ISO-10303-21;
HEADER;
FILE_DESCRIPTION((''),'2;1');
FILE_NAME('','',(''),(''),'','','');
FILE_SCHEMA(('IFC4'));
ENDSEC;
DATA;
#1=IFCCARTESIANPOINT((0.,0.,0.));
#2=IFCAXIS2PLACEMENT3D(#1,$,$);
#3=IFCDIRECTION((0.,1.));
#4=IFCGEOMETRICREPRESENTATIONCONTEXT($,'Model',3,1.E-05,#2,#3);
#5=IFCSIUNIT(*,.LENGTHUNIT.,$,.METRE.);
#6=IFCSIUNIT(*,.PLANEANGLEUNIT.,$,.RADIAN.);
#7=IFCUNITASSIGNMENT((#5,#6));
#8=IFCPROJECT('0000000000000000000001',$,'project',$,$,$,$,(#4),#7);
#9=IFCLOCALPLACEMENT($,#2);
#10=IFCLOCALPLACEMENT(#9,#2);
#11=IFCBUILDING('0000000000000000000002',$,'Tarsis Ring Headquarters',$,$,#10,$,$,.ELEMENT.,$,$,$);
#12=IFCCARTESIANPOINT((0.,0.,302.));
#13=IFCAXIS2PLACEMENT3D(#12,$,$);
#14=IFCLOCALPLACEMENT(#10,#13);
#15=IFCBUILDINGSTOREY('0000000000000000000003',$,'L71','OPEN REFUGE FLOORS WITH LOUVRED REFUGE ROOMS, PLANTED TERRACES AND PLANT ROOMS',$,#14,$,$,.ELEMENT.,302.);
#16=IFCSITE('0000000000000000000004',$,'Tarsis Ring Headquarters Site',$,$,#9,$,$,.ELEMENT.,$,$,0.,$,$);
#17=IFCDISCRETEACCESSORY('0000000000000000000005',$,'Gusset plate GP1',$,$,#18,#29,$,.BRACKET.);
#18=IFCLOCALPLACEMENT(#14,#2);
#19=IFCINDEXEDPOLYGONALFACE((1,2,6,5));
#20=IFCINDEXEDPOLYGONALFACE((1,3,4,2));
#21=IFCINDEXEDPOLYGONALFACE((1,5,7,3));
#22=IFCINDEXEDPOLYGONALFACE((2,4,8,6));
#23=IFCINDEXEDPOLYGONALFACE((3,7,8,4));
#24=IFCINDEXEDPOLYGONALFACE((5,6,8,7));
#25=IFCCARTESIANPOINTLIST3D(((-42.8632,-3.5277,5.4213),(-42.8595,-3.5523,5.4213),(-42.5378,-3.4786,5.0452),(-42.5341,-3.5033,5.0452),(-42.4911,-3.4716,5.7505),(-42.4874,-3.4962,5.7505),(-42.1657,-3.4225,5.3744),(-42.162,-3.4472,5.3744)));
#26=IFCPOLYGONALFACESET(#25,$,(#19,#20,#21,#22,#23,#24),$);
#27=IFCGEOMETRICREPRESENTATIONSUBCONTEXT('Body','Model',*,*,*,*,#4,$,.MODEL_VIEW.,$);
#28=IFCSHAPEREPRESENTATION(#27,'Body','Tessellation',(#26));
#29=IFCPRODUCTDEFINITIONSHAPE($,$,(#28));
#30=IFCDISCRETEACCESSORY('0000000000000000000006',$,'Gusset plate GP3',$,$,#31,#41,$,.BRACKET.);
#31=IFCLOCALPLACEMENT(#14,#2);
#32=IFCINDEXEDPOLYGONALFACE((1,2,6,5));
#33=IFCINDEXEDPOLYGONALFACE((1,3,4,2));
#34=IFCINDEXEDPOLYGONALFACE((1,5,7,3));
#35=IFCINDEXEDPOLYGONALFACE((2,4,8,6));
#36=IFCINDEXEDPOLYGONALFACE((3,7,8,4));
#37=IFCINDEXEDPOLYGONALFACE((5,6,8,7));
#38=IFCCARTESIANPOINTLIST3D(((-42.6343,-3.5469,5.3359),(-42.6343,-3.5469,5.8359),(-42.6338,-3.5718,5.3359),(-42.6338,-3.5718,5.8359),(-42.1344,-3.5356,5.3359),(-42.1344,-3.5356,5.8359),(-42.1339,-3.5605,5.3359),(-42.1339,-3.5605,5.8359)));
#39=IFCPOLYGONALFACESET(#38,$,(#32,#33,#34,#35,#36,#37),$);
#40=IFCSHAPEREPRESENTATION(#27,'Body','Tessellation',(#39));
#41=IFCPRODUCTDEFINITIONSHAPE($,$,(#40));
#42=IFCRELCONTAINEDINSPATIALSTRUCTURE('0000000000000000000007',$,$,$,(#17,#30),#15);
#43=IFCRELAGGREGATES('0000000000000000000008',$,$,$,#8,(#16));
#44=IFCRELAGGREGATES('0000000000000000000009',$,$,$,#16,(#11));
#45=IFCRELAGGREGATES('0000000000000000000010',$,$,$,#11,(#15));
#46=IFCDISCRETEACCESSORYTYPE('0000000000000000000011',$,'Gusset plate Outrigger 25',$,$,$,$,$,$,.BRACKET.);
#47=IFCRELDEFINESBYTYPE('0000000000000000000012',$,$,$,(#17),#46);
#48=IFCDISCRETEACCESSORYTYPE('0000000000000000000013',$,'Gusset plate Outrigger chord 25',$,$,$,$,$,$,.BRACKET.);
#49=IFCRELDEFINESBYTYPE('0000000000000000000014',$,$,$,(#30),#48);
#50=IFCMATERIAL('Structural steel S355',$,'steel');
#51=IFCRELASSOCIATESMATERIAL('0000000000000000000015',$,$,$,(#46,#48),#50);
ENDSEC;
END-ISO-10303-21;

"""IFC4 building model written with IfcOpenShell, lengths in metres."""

from ifc_helpers import new_model, si_unit, direction, frame, origin, origin_2d, place, context, subcontext, project, spatial, rectangle, extrude, material, material_profile, profile_set, type_object, element, save


model = new_model("IFC4")

# Units and contexts
model_context = context("Model", 3, precision=1e-05, world=origin(), true_north=direction((0.0, 1.0)))
body_context = subcontext(model_context, "Body", "Model", "MODEL_VIEW")
ifc_project = project(units=[si_unit("LENGTHUNIT", "METRE"), si_unit("PLANEANGLEUNIT", "RADIAN")], contexts=[model_context])

# Site, building, storey
site_placement = place(None, origin())
site = spatial("IfcSite", under=ifc_project, at=site_placement, Name="Tarsis Ring Headquarters Site", CompositionType="ELEMENT", RefElevation=0.0)
building_placement = place(site_placement, origin())
building = spatial("IfcBuilding", under=site, at=building_placement, Name="Tarsis Ring Headquarters", CompositionType="ELEMENT")
storey_placement = place(building_placement, frame((0.0, 0.0, 302.0)))
storey = spatial("IfcBuildingStorey", under=building, at=storey_placement, Name="L71", Description="OPEN REFUGE FLOORS WITH LOUVRED REFUGE ROOMS, PLANTED TERRACES AND PLANT ROOMS", CompositionType="ELEMENT", Elevation=302.0)

# Shared definitions
ifc_material_1 = material(Name="Structural steel S355", Category="steel")

# Discrete accessories
ifc_material_profile_1 = material_profile(ifc_material_1, rectangle(XDim=0.0249, YDim=0.5, at=origin_2d()), Name="PL 25x500")
ifc_profile_set_1 = profile_set([ifc_material_profile_1], Name="Structural steel S355")
discrete_accessory_type_1 = type_object("IfcDiscreteAccessoryType", Name="Gusset plate Outrigger 25", PredefinedType="BRACKET", material=ifc_profile_set_1)
discrete_accessory_1_placement = place(storey_placement, frame((-42.6753, -3.512, 5.5859), z_axis=(0.65106, 0.098172, -0.752651), x_axis=(-0.149102, 0.988822, 0.0)))
element("IfcDiscreteAccessory", 1, at=discrete_accessory_1_placement, inside=storey, type_object=discrete_accessory_type_1, Name="Gusset plate GP1", PredefinedType="BRACKET", context=body_context, shape_type="SweptSolid", body=[
    extrude(rectangle(XDim=0.0249, YDim=0.5, at=origin_2d()), origin(), (0.0, 0.0, 1.0), 0.4998),
])
discrete_accessory_type_2 = type_object("IfcDiscreteAccessoryType", Name="Gusset plate Outrigger chord 25", PredefinedType="BRACKET", material=ifc_profile_set_1)
discrete_accessory_2_placement = place(storey_placement, frame((-42.634, -3.5593, 5.5859), z_axis=(0.999748, 0.022466, 0.0), x_axis=(-0.022466, 0.999748, 0.0)))
element("IfcDiscreteAccessory", 2, at=discrete_accessory_2_placement, inside=storey, type_object=discrete_accessory_type_2, Name="Gusset plate GP3", PredefinedType="BRACKET", context=body_context, shape_type="SweptSolid", body=[
    extrude(rectangle(XDim=0.0249, YDim=0.5, at=origin_2d()), origin(), (0.0, 0.0, 1.0), 0.5),
])

save(model, "model.ifc")
